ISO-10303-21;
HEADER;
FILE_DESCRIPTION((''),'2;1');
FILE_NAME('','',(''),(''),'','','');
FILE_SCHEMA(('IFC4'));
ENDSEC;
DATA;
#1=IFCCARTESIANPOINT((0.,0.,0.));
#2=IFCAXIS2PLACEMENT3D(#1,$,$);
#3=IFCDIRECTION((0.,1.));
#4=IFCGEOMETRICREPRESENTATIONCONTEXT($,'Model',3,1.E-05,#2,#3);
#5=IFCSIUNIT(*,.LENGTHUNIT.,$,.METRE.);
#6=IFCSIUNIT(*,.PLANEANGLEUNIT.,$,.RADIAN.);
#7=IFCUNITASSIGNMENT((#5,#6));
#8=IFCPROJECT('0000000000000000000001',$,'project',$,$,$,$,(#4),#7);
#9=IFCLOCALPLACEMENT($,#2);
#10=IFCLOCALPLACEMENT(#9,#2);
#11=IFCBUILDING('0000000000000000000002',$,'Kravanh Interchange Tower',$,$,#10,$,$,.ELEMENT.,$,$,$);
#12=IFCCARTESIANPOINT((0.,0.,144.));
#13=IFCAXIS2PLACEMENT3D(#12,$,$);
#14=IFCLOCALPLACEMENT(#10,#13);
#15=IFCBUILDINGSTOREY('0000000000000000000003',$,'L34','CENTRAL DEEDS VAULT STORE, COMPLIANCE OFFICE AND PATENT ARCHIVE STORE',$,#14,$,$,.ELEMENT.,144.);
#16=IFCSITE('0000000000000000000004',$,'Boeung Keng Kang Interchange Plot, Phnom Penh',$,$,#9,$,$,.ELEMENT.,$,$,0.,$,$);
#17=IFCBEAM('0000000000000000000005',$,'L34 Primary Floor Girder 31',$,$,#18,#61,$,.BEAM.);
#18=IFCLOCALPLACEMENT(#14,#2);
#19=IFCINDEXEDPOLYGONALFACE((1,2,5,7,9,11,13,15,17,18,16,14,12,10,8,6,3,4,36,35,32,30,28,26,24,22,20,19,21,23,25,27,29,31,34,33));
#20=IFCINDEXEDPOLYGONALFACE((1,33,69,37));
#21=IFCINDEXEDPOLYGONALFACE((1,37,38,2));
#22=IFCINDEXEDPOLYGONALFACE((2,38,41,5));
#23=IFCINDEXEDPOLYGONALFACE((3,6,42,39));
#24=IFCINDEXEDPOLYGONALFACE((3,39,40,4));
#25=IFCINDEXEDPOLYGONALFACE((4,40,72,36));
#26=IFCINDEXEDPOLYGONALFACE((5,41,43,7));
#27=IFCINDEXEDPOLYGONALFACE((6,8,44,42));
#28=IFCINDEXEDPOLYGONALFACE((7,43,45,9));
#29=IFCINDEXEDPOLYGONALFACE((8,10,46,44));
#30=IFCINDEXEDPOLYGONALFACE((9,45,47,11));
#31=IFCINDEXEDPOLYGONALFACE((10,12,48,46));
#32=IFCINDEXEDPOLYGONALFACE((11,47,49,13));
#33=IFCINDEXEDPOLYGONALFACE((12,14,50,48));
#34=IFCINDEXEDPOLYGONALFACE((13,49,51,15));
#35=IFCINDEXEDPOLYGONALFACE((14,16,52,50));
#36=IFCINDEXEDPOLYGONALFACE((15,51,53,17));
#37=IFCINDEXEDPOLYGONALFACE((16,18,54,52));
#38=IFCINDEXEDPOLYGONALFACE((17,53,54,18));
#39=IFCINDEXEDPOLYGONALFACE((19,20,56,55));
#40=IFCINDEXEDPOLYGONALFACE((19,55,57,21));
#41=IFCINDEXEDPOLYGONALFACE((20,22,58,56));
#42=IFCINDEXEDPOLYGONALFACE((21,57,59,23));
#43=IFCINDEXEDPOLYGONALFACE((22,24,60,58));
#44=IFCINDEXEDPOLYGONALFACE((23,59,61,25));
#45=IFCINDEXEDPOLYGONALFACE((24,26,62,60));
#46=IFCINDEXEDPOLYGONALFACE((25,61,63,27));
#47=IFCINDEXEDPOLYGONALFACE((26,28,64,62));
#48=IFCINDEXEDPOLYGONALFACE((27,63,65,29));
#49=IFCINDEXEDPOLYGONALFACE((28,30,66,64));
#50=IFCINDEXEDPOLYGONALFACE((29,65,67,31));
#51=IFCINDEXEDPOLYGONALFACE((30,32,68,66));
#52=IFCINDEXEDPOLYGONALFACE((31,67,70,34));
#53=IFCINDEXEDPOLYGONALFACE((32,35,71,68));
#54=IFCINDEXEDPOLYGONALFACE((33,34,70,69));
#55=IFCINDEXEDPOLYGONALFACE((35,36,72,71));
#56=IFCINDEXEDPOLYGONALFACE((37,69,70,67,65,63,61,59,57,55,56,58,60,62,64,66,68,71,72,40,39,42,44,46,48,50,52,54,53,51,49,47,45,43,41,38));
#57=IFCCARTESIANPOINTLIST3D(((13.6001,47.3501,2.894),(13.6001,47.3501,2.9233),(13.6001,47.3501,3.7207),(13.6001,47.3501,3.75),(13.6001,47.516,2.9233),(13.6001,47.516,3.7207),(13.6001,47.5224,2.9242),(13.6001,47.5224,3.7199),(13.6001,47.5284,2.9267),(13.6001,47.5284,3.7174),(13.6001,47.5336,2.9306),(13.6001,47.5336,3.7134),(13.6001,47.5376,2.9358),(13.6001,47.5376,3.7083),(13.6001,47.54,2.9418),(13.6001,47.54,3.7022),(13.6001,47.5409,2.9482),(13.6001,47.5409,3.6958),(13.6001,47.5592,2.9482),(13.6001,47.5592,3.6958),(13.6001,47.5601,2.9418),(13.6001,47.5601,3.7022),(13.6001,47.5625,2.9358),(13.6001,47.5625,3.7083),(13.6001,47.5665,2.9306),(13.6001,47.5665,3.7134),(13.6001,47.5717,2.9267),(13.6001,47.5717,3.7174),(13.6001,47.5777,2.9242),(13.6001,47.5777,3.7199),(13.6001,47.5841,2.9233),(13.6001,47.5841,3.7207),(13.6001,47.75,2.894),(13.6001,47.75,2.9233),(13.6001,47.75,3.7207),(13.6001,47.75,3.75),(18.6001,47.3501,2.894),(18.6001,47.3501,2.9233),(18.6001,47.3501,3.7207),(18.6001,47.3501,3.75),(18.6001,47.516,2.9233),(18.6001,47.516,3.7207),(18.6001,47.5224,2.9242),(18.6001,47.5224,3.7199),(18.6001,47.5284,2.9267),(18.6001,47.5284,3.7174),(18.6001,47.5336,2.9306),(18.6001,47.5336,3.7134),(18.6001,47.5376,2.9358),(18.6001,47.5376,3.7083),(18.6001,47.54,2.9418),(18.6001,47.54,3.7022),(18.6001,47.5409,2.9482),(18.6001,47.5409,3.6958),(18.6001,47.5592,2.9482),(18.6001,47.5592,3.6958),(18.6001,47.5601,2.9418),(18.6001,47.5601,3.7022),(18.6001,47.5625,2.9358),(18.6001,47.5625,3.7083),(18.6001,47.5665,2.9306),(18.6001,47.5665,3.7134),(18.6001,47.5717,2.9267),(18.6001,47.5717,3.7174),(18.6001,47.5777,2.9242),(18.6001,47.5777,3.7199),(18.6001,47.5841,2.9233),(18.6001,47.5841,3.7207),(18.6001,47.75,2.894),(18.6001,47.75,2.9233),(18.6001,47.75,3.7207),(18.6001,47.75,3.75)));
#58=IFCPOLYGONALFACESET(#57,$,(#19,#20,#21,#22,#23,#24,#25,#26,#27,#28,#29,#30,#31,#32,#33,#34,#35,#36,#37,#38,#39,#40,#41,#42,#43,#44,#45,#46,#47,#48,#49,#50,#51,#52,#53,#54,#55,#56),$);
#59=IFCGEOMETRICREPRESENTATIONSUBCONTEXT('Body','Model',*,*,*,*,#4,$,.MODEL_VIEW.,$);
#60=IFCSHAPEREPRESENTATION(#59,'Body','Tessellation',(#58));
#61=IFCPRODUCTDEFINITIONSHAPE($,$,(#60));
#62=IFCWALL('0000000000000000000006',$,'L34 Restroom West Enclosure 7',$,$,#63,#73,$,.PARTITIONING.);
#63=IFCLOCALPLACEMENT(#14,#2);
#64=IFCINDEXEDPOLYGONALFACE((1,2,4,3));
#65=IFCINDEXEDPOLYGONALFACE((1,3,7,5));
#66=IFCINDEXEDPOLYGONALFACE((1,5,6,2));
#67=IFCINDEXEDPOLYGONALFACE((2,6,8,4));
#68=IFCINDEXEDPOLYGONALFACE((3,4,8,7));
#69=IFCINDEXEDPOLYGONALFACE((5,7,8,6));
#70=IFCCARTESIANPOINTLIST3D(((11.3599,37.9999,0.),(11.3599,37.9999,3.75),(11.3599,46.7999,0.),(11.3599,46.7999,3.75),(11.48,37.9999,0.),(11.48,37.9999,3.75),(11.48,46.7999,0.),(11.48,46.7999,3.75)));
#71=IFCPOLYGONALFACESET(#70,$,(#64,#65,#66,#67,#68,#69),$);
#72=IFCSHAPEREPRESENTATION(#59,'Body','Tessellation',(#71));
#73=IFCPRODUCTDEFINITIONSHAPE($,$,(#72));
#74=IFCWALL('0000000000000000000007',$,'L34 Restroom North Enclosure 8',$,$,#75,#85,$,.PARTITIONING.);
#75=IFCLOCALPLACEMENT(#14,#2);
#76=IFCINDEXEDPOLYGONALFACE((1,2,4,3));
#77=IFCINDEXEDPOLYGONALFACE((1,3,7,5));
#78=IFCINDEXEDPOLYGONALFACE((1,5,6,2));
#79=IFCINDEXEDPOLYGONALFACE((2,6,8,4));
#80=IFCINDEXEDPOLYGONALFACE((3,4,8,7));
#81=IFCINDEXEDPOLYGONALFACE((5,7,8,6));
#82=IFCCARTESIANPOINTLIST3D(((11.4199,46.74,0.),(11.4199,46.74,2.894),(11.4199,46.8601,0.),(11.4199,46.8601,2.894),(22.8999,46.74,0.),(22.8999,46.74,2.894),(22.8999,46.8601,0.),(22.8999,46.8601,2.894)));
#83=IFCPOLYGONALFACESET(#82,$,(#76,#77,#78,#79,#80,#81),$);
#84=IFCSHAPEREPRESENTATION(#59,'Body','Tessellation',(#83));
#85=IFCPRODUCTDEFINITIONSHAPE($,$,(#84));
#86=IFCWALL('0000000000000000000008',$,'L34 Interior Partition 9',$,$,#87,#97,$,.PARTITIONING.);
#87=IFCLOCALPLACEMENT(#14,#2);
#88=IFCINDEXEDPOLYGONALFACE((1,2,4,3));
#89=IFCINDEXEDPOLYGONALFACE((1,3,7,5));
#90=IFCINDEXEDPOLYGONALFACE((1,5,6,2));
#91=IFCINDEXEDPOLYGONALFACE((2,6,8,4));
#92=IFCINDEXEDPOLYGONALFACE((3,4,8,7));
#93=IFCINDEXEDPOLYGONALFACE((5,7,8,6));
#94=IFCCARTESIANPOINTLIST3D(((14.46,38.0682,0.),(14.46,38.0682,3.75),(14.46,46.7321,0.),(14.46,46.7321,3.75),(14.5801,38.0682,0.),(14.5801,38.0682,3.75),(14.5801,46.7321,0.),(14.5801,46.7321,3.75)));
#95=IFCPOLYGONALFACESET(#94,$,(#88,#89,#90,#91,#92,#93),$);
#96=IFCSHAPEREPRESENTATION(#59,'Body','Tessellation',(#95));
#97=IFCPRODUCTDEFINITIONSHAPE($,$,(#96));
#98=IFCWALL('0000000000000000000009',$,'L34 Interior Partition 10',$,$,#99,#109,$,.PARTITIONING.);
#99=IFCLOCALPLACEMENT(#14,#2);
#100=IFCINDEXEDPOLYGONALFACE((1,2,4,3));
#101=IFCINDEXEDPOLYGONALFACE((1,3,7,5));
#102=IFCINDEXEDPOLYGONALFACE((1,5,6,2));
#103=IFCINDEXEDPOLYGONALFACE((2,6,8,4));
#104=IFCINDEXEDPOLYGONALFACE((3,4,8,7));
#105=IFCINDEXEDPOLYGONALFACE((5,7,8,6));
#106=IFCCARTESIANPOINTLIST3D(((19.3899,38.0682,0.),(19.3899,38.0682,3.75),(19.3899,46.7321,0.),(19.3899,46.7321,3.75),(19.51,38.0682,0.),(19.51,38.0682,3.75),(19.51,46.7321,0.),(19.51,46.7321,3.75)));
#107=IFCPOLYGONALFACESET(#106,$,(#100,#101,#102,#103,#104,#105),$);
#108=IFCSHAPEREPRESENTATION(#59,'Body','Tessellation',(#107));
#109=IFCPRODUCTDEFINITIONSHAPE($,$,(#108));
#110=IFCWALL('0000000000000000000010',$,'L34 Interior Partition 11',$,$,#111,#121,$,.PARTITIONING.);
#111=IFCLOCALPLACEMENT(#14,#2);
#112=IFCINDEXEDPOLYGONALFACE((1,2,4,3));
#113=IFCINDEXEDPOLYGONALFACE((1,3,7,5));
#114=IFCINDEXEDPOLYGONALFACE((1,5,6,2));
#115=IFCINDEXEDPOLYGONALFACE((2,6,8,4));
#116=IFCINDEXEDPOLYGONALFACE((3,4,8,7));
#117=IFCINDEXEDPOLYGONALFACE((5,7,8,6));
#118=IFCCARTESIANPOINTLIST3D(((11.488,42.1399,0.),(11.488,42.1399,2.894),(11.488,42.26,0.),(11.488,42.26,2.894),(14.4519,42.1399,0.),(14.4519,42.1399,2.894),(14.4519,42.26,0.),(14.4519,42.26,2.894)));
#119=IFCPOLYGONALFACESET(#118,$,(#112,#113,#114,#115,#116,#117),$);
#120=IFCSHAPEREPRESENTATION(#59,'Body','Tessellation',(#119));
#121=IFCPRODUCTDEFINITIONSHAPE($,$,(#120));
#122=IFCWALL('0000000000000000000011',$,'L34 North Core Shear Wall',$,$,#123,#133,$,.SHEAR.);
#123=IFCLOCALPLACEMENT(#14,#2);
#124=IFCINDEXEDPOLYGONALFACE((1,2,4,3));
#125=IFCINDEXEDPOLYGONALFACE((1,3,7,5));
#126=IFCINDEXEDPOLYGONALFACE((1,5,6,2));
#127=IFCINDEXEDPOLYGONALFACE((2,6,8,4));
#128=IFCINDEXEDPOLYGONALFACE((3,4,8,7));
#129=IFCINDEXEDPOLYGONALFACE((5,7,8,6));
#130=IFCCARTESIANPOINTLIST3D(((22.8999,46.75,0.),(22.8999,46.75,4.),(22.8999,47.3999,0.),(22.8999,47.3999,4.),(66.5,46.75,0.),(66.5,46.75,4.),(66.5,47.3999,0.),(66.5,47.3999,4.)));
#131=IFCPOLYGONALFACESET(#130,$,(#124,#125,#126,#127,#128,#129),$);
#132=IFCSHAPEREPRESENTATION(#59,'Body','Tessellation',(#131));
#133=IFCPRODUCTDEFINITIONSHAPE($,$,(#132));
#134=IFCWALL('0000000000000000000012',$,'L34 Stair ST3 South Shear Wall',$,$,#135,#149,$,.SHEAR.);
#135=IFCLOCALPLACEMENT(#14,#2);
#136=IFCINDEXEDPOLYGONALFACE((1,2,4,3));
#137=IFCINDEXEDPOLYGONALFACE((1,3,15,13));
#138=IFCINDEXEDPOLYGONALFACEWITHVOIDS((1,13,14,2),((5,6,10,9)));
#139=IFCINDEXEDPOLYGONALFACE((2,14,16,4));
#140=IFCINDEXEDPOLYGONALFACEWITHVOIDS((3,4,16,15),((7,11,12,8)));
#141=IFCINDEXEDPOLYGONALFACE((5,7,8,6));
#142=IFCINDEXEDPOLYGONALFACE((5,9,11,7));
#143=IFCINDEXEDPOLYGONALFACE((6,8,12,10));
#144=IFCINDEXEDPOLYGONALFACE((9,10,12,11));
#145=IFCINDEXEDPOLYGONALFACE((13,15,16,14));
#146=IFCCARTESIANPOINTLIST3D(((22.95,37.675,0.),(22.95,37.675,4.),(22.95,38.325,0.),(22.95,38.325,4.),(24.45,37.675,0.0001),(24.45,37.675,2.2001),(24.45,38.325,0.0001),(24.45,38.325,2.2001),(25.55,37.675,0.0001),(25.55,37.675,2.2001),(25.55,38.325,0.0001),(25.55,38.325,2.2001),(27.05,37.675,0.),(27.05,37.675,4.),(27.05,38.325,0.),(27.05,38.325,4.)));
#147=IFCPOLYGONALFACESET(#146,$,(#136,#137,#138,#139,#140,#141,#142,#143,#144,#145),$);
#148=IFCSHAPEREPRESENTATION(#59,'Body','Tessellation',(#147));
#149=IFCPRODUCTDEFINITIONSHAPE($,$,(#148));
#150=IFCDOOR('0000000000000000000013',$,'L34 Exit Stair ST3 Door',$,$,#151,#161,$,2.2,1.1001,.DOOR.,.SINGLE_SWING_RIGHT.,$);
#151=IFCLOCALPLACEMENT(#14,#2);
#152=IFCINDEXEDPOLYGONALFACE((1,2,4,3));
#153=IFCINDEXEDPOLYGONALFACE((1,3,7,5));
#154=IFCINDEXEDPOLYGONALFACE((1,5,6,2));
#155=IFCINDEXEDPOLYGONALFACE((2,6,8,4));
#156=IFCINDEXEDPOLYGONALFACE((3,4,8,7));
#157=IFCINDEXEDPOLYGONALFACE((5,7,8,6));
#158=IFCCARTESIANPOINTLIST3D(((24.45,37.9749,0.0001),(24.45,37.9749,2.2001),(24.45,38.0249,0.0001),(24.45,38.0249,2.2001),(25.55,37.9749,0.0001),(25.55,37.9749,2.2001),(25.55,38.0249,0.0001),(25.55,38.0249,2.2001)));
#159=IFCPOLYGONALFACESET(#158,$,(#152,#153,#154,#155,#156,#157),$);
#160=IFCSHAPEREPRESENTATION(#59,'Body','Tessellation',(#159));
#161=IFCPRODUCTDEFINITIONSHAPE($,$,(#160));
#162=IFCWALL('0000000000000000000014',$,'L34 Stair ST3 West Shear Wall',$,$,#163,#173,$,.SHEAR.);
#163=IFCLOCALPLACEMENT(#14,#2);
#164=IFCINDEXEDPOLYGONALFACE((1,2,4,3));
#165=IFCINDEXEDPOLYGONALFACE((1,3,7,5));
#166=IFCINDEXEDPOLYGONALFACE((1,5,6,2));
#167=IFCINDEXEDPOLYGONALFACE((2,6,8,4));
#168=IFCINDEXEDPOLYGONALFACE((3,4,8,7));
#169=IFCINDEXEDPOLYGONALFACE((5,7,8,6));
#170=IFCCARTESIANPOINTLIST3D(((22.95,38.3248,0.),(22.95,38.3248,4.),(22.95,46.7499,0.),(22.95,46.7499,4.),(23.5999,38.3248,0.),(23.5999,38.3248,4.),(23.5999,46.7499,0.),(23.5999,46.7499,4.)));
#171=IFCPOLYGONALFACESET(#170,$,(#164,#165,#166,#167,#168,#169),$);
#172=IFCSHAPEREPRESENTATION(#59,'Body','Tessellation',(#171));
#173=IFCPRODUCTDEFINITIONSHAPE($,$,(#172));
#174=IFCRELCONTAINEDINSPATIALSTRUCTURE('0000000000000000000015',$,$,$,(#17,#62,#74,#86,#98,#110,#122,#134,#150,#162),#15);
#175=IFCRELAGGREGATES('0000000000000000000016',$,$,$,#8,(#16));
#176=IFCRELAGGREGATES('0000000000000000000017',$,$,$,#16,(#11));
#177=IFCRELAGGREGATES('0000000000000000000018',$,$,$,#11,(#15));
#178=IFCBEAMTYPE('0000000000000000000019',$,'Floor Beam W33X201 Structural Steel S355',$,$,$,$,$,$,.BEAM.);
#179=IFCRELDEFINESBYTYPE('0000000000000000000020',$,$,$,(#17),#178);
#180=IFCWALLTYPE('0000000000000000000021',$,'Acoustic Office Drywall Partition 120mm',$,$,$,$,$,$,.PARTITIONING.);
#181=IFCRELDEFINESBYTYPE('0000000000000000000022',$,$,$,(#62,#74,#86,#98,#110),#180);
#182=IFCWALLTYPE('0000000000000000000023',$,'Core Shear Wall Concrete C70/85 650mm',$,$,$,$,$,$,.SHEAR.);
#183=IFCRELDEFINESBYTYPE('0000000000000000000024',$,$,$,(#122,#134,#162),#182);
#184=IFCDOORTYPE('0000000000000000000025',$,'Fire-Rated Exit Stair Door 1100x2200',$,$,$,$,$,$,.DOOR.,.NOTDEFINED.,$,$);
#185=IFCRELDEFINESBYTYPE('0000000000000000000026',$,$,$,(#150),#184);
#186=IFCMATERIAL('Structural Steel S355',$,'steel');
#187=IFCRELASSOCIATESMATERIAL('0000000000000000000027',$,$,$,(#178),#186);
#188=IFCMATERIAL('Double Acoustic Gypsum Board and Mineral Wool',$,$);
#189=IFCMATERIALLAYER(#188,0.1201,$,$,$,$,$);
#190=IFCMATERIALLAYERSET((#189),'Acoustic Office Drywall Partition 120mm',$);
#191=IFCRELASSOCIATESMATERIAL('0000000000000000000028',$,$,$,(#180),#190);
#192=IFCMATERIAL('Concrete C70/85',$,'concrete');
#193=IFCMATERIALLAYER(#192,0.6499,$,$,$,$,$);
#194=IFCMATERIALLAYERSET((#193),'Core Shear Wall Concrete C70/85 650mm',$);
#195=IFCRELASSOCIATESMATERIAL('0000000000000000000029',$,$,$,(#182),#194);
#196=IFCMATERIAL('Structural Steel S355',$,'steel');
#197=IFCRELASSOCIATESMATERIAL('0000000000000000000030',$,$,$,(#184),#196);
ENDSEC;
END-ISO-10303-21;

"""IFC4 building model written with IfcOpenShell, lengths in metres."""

from ifc_helpers import new_model, si_unit, direction, frame, frame_2d, origin, origin_2d, place, context, subcontext, project, spatial, rectangle, i_section, extrude, material, layer, layer_set, material_profile, profile_set, type_object, element, fill, save


model = new_model("IFC4")

# Units and contexts
model_context = context("Model", 3, precision=1e-05, world=origin(), true_north=direction((0.0, 1.0)))
body_context = subcontext(model_context, "Body", "Model", "MODEL_VIEW")
ifc_project = project(units=[si_unit("LENGTHUNIT", "METRE"), si_unit("PLANEANGLEUNIT", "RADIAN")], contexts=[model_context])

# Site, building, storey
site_placement = place(None, origin())
site = spatial("IfcSite", under=ifc_project, at=site_placement, Name="Boeung Keng Kang Interchange Plot, Phnom Penh", CompositionType="ELEMENT", RefElevation=0.0)
building_placement = place(site_placement, origin())
building = spatial("IfcBuilding", under=site, at=building_placement, Name="Kravanh Interchange Tower", CompositionType="ELEMENT")
storey_placement = place(building_placement, frame((0.0, 0.0, 144.0)))
storey = spatial("IfcBuildingStorey", under=building, at=storey_placement, Name="L34", Description="CENTRAL DEEDS VAULT STORE, COMPLIANCE OFFICE AND PATENT ARCHIVE STORE", CompositionType="ELEMENT", Elevation=144.0)

# Beam
ifc_material_1 = material(Name="Structural Steel S355", Category="steel")
ifc_material_profile_1 = material_profile(ifc_material_1, i_section(OverallWidth=0.3999, OverallDepth=0.856, WebThickness=0.0183, FlangeThickness=0.0293, FilletRadius=0.0249, at=origin_2d()), Name="W33X201")
ifc_profile_set_1 = profile_set([ifc_material_profile_1], Name="Structural Steel S355")
beam_type = type_object("IfcBeamType", Name="Floor Beam W33X201 Structural Steel S355", PredefinedType="BEAM", material=ifc_profile_set_1)
beam_1_placement = place(storey_placement, frame((18.6001, 47.55, 3.322), z_axis=(-1.0, 0.0, 0.0), x_axis=(0.0, -1.0, 0.0)))
element("IfcBeam", 1, at=beam_1_placement, inside=storey, type_object=beam_type, Name="L34 Primary Floor Girder 31", PredefinedType="BEAM", context=body_context, shape_type="SweptSolid", body=[
    extrude(i_section(OverallWidth=0.3999, OverallDepth=0.856, WebThickness=0.0183, FlangeThickness=0.0293, FilletRadius=0.0249, at=origin_2d()), origin(), (0.0, 0.0, 1.0), 5.0),
])

# Shared definitions
ifc_material_2 = material(Name="Double Acoustic Gypsum Board and Mineral Wool")
ifc_layer_1 = layer(ifc_material_2, 0.1201)
ifc_layer_set_1 = layer_set([ifc_layer_1], Name="Acoustic Office Drywall Partition 120mm")
wall_type_1 = type_object("IfcWallType", Name="Acoustic Office Drywall Partition 120mm", PredefinedType="PARTITIONING", material=ifc_layer_set_1)

# Walls
wall_1_placement = place(storey_placement, frame((11.4199, 38.0, 0.0), z_axis=(0.0, 0.0, 1.0), x_axis=(0.0, 1.0, 0.0)))
element("IfcWall", 2, at=wall_1_placement, inside=storey, type_object=wall_type_1, Name="L34 Restroom West Enclosure 7", PredefinedType="PARTITIONING", context=body_context, shape_type="SweptSolid", body=[
    extrude(rectangle(XDim=8.8, YDim=0.1201, at=frame_2d((4.3999, 0.0))), origin(), (0.0, 0.0, 1.0), 3.75),
])
wall_2_placement = place(storey_placement, frame((11.4199, 46.8, 0.0), z_axis=(0.0, 0.0, 1.0), x_axis=(1.0, 0.0, 0.0)))
element("IfcWall", 3, at=wall_2_placement, inside=storey, type_object=wall_type_1, Name="L34 Restroom North Enclosure 8", PredefinedType="PARTITIONING", context=body_context, shape_type="SweptSolid", body=[
    extrude(rectangle(XDim=11.48, YDim=0.1201, at=frame_2d((5.74, 0.0))), origin(), (0.0, 0.0, 1.0), 2.894),
])
for number, where, z_axis, x_axis, name in (
    (4, (14.52, 38.0681, 0.0), (0.0, 0.0, 1.0), (0.0, 1.0, 0.0), "L34 Interior Partition 9"),
    (5, (19.45, 38.0681, 0.0), (0.0, 0.0, 1.0), (0.0, 1.0, 0.0), "L34 Interior Partition 10"),
):
    element("IfcWall", number, at=place(storey_placement, frame(where, z_axis=z_axis, x_axis=x_axis)), inside=storey, type_object=wall_type_1, Name=name, PredefinedType="PARTITIONING", context=body_context, shape_type="SweptSolid", body=[
        extrude(rectangle(XDim=8.6638, YDim=0.1201, at=frame_2d((4.332, 0.0))), origin(), (0.0, 0.0, 1.0), 3.75),
    ])
wall_3_placement = place(storey_placement, frame((11.488, 42.2, 0.0), z_axis=(0.0, 0.0, 1.0), x_axis=(1.0, 0.0, 0.0)))
element("IfcWall", 6, at=wall_3_placement, inside=storey, type_object=wall_type_1, Name="L34 Interior Partition 11", PredefinedType="PARTITIONING", context=body_context, shape_type="SweptSolid", body=[
    extrude(rectangle(XDim=2.9639, YDim=0.1201, at=frame_2d((1.4819, 0.0))), origin(), (0.0, 0.0, 1.0), 2.894),
])
ifc_material_3 = material(Name="Concrete C70/85", Category="concrete")
ifc_layer_2 = layer(ifc_material_3, 0.6499)
ifc_layer_set_2 = layer_set([ifc_layer_2], Name="Core Shear Wall Concrete C70/85 650mm")
wall_type_2 = type_object("IfcWallType", Name="Core Shear Wall Concrete C70/85 650mm", PredefinedType="SHEAR", material=ifc_layer_set_2)
wall_4_placement = place(storey_placement, frame((22.8999, 47.075, 0.0), z_axis=(0.0, 0.0, 1.0), x_axis=(1.0, 0.0, 0.0)))
element("IfcWall", 7, at=wall_4_placement, inside=storey, type_object=wall_type_2, Name="L34 North Core Shear Wall", PredefinedType="SHEAR", context=body_context, shape_type="SweptSolid", body=[
    extrude(rectangle(XDim=43.6001, YDim=0.6499, at=frame_2d((21.8, 0.0))), origin(), (0.0, 0.0, 1.0), 4.0),
])

# Wall, opening, door
wall_5_placement = place(storey_placement, frame((22.95, 38.0, 0.0), z_axis=(0.0, 0.0, 1.0), x_axis=(1.0, 0.0, 0.0)))
wall_5 = element("IfcWall", 8, at=wall_5_placement, inside=storey, type_object=wall_type_2, Name="L34 Stair ST3 South Shear Wall", PredefinedType="SHEAR", context=body_context, shape_type="SweptSolid", body=[
    extrude(rectangle(XDim=4.1001, YDim=0.6499, at=frame_2d((2.05, 0.0))), origin(), (0.0, 0.0, 1.0), 4.0),
])
opening_1_placement = place(wall_5_placement, frame((1.5, 0.0, 0.0)))
opening_1 = element("IfcOpeningElement", 9, at=opening_1_placement, cuts=wall_5, PredefinedType="OPENING", context=body_context, shape_type="SweptSolid", body=[
    extrude(rectangle(XDim=1.1001, YDim=2.2, at=frame_2d((0.55, 1.1001))), frame((0.0, 0.335, 0.0), z_axis=(0.0, -1.0, 0.0), x_axis=(1.0, 0.0, 0.0)), (0.0, 0.0, 1.0), 0.6699),
])
ifc_material_4 = material(Name="Structural Steel S355", Category="steel")
door_type_1 = type_object("IfcDoorType", Name="Fire-Rated Exit Stair Door 1100x2200", OperationType="NOTDEFINED", PredefinedType="DOOR", material=ifc_material_4)
door_1_placement = place(opening_1_placement, origin())
door_1 = element("IfcDoor", 10, at=door_1_placement, inside=storey, type_object=door_type_1, Name="L34 Exit Stair ST3 Door", OperationType="SINGLE_SWING_RIGHT", OverallHeight=2.2, OverallWidth=1.1001, PredefinedType="DOOR", context=body_context, shape_type="SweptSolid", body=[
    extrude(rectangle(XDim=1.1001, YDim=2.2, at=frame_2d((0.55, 1.1001))), frame((0.0, 0.0249, 0.0), z_axis=(0.0, -1.0, 0.0), x_axis=(1.0, 0.0, 0.0)), (0.0, 0.0, 1.0), 0.05),
])
fill(opening_1, door_1)

# Wall
wall_6_placement = place(storey_placement, frame((23.2749, 38.325, 0.0), z_axis=(0.0, 0.0, 1.0), x_axis=(0.0, 1.0, 0.0)))
element("IfcWall", 11, at=wall_6_placement, inside=storey, type_object=wall_type_2, Name="L34 Stair ST3 West Shear Wall", PredefinedType="SHEAR", context=body_context, shape_type="SweptSolid", body=[
    extrude(rectangle(XDim=8.425, YDim=0.6499, at=frame_2d((4.2124, 0.0))), origin(), (0.0, 0.0, 1.0), 4.0),
])

save(model, "model.ifc")
